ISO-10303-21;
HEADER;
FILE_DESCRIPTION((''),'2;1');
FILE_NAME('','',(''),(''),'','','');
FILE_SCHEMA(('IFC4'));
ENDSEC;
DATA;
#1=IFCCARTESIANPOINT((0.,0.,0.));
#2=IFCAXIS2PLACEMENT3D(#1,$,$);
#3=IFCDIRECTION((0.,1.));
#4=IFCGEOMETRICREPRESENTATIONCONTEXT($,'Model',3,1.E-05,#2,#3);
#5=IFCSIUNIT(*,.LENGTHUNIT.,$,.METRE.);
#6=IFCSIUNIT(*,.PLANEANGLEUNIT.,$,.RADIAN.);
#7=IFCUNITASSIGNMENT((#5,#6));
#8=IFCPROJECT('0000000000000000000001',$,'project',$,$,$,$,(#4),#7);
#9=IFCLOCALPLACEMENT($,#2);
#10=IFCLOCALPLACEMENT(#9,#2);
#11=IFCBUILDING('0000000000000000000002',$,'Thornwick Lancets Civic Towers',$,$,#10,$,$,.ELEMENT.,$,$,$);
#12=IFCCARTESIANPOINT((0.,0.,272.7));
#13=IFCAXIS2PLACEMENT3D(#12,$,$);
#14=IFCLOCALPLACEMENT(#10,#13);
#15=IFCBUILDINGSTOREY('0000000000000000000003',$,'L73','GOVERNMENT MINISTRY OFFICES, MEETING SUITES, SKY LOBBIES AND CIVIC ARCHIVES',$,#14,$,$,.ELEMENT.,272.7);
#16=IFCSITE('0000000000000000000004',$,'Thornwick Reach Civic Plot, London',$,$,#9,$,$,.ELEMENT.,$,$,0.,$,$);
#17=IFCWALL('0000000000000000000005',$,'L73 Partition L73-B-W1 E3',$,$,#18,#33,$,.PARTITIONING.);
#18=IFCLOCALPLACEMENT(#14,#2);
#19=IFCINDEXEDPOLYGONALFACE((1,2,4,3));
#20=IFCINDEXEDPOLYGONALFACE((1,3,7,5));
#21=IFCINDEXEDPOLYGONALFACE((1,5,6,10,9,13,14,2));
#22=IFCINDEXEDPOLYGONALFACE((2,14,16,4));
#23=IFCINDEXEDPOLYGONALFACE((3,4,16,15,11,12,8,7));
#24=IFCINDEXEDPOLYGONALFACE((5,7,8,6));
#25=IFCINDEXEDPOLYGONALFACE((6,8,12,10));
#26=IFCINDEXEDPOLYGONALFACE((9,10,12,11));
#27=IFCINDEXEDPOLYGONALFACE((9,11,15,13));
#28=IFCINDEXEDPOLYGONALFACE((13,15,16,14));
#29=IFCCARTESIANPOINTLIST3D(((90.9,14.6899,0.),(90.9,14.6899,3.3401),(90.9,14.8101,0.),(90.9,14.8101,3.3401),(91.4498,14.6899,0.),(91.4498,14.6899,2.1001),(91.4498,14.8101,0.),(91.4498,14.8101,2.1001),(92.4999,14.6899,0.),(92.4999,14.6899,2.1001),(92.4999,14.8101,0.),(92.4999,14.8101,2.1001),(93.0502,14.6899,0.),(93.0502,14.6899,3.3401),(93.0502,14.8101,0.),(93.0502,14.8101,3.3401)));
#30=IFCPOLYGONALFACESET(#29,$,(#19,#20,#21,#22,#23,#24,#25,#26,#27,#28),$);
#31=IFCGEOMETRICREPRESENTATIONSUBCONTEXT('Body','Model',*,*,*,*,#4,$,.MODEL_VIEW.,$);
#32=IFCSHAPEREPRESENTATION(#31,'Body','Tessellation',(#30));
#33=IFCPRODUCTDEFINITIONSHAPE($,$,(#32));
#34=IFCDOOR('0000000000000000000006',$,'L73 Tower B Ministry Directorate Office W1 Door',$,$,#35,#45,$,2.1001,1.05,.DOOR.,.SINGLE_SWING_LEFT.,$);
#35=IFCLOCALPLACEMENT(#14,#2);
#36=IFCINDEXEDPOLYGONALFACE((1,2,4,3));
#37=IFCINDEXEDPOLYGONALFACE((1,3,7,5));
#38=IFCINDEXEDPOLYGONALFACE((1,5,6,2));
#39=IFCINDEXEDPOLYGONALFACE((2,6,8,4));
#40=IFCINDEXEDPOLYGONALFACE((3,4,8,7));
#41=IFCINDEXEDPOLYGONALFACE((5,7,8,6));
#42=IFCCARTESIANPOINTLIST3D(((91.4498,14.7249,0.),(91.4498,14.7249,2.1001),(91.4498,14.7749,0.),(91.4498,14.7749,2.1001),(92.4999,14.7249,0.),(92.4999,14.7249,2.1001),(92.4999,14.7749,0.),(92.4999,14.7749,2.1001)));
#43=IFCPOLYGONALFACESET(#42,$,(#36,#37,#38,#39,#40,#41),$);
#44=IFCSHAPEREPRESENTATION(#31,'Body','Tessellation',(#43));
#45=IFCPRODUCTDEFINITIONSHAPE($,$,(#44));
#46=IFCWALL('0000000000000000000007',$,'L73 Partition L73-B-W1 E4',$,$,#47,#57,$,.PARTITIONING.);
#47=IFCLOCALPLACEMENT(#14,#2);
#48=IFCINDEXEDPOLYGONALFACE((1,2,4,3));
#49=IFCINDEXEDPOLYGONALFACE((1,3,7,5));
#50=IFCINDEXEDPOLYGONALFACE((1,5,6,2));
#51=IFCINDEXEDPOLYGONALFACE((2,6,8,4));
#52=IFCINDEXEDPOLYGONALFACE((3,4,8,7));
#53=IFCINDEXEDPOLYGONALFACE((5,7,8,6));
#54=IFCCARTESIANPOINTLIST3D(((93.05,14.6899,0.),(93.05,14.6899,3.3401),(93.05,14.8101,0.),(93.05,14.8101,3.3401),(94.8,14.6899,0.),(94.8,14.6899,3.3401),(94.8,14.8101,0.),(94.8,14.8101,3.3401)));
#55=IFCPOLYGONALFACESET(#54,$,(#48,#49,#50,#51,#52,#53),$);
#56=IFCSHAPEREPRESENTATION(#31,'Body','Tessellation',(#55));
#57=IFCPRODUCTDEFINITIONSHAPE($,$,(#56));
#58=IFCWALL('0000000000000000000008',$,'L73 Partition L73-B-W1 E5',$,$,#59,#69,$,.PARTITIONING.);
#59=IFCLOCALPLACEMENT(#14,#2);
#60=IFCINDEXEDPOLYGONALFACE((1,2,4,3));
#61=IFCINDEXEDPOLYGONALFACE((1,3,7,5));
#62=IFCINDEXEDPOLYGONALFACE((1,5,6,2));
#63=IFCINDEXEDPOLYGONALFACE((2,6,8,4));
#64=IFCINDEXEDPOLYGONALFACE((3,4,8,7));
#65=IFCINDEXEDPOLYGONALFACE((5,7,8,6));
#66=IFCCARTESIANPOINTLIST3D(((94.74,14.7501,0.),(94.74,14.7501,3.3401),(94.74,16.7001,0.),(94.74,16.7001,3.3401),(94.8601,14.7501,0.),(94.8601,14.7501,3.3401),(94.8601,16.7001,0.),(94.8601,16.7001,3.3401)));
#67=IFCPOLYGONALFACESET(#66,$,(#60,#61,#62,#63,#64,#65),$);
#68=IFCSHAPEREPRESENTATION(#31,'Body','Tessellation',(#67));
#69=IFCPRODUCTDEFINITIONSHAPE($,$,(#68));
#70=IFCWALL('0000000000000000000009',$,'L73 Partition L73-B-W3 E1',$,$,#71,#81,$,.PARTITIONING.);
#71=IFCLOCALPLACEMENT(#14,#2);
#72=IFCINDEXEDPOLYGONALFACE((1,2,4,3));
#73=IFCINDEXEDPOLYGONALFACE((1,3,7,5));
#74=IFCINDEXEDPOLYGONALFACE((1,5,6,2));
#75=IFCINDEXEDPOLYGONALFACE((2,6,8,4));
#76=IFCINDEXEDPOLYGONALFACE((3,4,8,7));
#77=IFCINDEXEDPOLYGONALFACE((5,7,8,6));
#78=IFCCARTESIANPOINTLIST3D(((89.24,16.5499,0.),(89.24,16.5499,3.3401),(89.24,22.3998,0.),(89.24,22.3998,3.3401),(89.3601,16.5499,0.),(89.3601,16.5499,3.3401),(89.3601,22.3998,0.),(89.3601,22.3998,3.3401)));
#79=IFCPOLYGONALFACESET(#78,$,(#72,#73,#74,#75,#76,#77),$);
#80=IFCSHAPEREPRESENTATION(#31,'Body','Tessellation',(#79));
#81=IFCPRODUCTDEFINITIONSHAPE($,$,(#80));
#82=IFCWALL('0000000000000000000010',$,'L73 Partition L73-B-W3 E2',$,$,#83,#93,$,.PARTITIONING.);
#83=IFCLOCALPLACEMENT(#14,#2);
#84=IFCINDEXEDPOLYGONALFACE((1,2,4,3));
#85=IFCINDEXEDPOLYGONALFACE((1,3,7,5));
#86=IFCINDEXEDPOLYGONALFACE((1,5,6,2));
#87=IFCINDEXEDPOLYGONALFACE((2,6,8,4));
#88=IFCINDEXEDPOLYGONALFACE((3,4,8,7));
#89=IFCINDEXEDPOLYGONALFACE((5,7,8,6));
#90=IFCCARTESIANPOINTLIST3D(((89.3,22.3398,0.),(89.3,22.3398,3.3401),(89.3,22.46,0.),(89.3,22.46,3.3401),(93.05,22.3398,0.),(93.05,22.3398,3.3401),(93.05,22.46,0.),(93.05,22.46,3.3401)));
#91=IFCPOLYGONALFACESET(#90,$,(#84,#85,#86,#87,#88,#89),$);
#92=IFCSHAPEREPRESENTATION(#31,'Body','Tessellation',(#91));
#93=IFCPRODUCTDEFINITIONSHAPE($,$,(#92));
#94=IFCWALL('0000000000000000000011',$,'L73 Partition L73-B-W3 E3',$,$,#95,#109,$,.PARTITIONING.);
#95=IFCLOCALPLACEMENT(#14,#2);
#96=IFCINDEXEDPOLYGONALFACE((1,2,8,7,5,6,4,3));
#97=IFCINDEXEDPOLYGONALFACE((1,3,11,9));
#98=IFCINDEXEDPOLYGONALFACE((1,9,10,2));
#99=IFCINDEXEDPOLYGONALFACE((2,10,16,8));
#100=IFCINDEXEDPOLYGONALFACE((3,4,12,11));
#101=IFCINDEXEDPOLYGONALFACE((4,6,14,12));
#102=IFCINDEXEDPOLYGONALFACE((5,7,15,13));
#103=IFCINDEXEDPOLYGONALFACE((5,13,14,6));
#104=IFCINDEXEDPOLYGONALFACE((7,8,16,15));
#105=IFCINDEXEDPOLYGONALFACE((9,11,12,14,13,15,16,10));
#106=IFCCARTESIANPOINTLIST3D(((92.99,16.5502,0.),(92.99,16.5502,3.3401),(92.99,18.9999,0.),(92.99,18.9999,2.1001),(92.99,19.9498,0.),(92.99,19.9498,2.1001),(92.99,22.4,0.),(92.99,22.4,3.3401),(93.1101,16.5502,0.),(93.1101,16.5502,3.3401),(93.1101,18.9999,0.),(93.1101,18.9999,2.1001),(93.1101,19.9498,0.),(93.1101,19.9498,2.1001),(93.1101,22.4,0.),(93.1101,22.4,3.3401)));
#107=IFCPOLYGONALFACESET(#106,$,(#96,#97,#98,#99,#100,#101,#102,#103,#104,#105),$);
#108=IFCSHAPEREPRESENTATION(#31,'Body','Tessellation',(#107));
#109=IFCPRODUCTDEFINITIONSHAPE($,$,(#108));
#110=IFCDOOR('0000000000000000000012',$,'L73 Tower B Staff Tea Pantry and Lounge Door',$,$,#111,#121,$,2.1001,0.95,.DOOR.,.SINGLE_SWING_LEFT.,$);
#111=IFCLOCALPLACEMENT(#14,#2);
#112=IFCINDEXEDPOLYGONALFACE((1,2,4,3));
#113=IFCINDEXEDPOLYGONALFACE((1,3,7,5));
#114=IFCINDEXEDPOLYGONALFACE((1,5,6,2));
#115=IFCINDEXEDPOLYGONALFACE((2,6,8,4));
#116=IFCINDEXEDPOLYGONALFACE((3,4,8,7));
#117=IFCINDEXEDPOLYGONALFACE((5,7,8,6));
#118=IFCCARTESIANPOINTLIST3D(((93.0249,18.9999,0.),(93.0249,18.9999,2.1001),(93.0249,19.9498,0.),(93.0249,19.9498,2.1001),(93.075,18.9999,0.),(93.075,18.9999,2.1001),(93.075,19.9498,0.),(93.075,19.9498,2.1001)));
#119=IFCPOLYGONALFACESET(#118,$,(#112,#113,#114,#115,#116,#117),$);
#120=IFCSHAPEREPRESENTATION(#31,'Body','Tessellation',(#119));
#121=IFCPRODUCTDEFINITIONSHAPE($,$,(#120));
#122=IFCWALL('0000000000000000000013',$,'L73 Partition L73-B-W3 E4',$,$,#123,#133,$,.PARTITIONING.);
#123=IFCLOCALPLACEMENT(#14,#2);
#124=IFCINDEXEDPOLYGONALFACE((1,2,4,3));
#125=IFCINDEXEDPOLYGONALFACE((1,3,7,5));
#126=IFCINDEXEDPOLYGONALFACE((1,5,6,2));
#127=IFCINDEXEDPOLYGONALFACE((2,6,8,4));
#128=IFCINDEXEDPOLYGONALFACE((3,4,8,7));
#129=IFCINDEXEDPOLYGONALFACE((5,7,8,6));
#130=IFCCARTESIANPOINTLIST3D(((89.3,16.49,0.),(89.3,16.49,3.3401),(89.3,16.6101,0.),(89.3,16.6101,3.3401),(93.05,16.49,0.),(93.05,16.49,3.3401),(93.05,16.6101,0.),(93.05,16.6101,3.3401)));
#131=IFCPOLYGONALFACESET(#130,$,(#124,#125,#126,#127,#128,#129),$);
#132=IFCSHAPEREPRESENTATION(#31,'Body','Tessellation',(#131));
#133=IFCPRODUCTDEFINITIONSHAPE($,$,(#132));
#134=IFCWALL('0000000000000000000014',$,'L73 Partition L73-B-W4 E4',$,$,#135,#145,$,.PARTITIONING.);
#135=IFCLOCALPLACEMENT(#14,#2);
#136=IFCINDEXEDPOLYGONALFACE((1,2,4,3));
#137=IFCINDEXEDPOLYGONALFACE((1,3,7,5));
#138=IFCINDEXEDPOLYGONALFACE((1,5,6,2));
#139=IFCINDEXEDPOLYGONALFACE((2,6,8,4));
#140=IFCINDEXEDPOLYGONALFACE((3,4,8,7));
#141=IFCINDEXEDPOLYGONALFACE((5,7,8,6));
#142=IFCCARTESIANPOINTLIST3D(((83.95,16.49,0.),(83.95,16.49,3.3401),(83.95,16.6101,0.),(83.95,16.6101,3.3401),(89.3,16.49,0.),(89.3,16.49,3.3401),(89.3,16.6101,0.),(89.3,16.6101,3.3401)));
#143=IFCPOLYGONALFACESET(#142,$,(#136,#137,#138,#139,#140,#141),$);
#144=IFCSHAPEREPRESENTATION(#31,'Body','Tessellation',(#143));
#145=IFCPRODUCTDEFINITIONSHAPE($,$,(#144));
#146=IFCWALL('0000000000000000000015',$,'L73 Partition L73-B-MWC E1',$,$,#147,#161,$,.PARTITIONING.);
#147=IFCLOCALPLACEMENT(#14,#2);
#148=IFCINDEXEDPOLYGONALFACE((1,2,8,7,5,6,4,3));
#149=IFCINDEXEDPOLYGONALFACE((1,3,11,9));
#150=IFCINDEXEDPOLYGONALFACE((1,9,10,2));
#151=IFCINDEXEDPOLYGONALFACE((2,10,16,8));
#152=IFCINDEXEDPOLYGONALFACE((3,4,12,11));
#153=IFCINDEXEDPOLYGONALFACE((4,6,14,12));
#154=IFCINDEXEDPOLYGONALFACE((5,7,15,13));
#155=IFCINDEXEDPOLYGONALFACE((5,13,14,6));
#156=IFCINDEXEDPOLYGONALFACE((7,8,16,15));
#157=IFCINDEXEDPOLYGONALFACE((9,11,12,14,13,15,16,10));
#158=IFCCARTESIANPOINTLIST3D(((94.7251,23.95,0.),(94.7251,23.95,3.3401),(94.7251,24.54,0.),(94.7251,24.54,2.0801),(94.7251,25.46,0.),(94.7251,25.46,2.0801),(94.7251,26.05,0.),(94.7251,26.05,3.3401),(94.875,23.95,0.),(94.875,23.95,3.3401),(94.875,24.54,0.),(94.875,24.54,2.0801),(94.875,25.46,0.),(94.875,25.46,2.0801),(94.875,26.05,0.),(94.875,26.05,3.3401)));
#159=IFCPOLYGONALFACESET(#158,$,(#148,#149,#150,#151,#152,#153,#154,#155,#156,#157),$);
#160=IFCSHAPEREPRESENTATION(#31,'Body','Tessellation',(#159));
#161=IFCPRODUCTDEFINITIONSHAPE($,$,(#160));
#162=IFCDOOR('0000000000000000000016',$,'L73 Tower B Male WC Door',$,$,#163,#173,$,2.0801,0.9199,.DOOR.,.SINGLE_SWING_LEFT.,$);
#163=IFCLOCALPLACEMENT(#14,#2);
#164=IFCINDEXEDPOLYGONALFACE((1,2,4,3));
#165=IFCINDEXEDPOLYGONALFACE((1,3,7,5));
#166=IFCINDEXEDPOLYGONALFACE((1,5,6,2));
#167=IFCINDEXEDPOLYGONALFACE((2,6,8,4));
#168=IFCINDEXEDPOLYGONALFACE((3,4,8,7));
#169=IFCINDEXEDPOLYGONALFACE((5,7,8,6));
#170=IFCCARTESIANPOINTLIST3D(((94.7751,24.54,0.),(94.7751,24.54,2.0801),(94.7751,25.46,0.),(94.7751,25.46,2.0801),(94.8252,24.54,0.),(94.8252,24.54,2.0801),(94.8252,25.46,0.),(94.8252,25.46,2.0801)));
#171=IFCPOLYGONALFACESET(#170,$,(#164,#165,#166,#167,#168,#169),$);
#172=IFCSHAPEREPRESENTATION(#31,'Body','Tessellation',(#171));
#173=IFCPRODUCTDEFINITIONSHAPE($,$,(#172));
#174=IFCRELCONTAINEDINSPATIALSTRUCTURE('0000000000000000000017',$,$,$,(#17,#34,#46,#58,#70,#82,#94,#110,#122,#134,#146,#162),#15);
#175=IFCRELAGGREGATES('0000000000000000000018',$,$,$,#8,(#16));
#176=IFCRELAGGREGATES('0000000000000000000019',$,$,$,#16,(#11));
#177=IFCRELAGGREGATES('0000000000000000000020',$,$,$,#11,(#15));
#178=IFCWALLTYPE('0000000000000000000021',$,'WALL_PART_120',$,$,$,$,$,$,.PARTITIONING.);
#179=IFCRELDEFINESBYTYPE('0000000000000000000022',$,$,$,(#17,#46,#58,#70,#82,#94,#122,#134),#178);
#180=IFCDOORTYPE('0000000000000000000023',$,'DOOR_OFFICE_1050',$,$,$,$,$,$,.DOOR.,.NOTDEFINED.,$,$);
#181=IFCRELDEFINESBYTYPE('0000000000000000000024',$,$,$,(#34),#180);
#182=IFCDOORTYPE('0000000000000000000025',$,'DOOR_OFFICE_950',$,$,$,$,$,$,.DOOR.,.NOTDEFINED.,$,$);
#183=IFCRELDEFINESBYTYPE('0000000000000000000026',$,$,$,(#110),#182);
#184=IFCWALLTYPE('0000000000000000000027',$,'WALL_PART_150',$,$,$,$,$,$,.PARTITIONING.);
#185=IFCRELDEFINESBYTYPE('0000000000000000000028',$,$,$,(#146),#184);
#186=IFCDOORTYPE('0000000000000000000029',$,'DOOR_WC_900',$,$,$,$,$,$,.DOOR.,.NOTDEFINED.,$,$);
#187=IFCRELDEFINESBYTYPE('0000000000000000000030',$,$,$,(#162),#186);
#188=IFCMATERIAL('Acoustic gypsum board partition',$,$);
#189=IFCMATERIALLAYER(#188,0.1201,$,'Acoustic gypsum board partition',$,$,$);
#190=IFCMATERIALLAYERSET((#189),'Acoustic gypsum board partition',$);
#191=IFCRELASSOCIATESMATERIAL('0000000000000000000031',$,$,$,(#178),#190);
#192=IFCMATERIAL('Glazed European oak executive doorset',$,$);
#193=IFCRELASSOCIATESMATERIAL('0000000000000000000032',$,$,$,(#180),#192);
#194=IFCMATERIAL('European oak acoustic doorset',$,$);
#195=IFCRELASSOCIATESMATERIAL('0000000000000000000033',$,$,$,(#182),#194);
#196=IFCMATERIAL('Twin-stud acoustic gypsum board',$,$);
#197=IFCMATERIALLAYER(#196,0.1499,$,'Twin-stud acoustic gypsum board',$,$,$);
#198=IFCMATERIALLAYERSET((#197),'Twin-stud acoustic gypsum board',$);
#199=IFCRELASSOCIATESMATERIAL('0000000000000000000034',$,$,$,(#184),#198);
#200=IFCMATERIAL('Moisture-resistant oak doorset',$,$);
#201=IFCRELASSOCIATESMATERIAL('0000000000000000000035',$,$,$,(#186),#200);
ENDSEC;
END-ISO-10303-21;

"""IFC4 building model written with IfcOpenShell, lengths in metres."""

from ifc_helpers import new_model, si_unit, direction, frame, frame_2d, origin, place, context, subcontext, project, spatial, rectangle, extrude, material, layer, layer_set, type_object, element, fill, save


model = new_model("IFC4")

# Units and contexts
model_context = context("Model", 3, precision=1e-05, world=origin(), true_north=direction((0.0, 1.0)))
body_context = subcontext(model_context, "Body", "Model", "MODEL_VIEW")
ifc_project = project(units=[si_unit("LENGTHUNIT", "METRE"), si_unit("PLANEANGLEUNIT", "RADIAN")], contexts=[model_context])

# Site, building, storey
site_placement = place(None, origin())
site = spatial("IfcSite", under=ifc_project, at=site_placement, Name="Thornwick Reach Civic Plot, London", CompositionType="ELEMENT", RefElevation=0.0)
building_placement = place(site_placement, origin())
building = spatial("IfcBuilding", under=site, at=building_placement, Name="Thornwick Lancets Civic Towers", CompositionType="ELEMENT")
storey_placement = place(building_placement, frame((0.0, 0.0, 272.7)))
storey = spatial("IfcBuildingStorey", under=building, at=storey_placement, Name="L73", Description="GOVERNMENT MINISTRY OFFICES, MEETING SUITES, SKY LOBBIES AND CIVIC ARCHIVES", CompositionType="ELEMENT", Elevation=272.7)

# Shared definitions
ifc_material_1 = material(Name="Acoustic gypsum board partition")
ifc_layer_1 = layer(ifc_material_1, 0.1201, Name="Acoustic gypsum board partition")
ifc_layer_set_1 = layer_set([ifc_layer_1], Name="Acoustic gypsum board partition")
wall_type_1 = type_object("IfcWallType", Name="WALL_PART_120", PredefinedType="PARTITIONING", material=ifc_layer_set_1)

# Wall, opening, door
wall_1_placement = place(storey_placement, frame((90.8999, 14.75, 0.0), z_axis=(0.0, 0.0, 1.0), x_axis=(1.0, 0.0, 0.0)))
wall_1 = element("IfcWall", 1, at=wall_1_placement, inside=storey, type_object=wall_type_1, Name="L73 Partition L73-B-W1 E3", PredefinedType="PARTITIONING", context=body_context, shape_type="SweptSolid", body=[
    extrude(rectangle(XDim=2.1501, YDim=0.1201, at=frame_2d((1.0752, 0.0))), origin(), (0.0, 0.0, 1.0), 3.3401),
])
opening_1_placement = place(wall_1_placement, frame((0.55, 0.0, 0.0)))
opening_1 = element("IfcOpeningElement", 2, at=opening_1_placement, cuts=wall_1, PredefinedType="OPENING", context=body_context, shape_type="SweptSolid", body=[
    extrude(rectangle(XDim=1.05, YDim=2.1001, at=frame_2d((0.5249, 1.05))), frame((0.0, 0.0701, 0.0), z_axis=(0.0, -1.0, 0.0), x_axis=(1.0, 0.0, 0.0)), (0.0, 0.0, 1.0), 0.1401),
])
ifc_material_2 = material(Name="Glazed European oak executive doorset")
door_type_1 = type_object("IfcDoorType", Name="DOOR_OFFICE_1050", OperationType="NOTDEFINED", PredefinedType="DOOR", material=ifc_material_2)
door_1_placement = place(opening_1_placement, origin())
door_1 = element("IfcDoor", 3, at=door_1_placement, inside=storey, type_object=door_type_1, Name="L73 Tower B Ministry Directorate Office W1 Door", OperationType="SINGLE_SWING_LEFT", OverallHeight=2.1001, OverallWidth=1.05, PredefinedType="DOOR", context=body_context, shape_type="SweptSolid", body=[
    extrude(rectangle(XDim=1.05, YDim=2.1001, at=frame_2d((0.5249, 1.05))), frame((0.0, 0.0249, 0.0), z_axis=(0.0, -1.0, 0.0), x_axis=(1.0, 0.0, 0.0)), (0.0, 0.0, 1.0), 0.05),
])
fill(opening_1, door_1)

# Walls
wall_2_placement = place(storey_placement, frame((93.05, 14.75, 0.0), z_axis=(0.0, 0.0, 1.0), x_axis=(1.0, 0.0, 0.0)))
element("IfcWall", 4, at=wall_2_placement, inside=storey, type_object=wall_type_1, Name="L73 Partition L73-B-W1 E4", PredefinedType="PARTITIONING", context=body_context, shape_type="SweptSolid", body=[
    extrude(rectangle(XDim=1.75, YDim=0.1201, at=frame_2d((0.875, 0.0))), origin(), (0.0, 0.0, 1.0), 3.3401),
])
wall_3_placement = place(storey_placement, frame((94.8, 14.75, 0.0), z_axis=(0.0, 0.0, 1.0), x_axis=(0.0, 1.0, 0.0)))
element("IfcWall", 5, at=wall_3_placement, inside=storey, type_object=wall_type_1, Name="L73 Partition L73-B-W1 E5", PredefinedType="PARTITIONING", context=body_context, shape_type="SweptSolid", body=[
    extrude(rectangle(XDim=1.95, YDim=0.1201, at=frame_2d((0.9751, 0.0))), origin(), (0.0, 0.0, 1.0), 3.3401),
])
wall_4_placement = place(storey_placement, frame((89.3, 16.55, 0.0), z_axis=(0.0, 0.0, 1.0), x_axis=(0.0, 1.0, 0.0)))
element("IfcWall", 6, at=wall_4_placement, inside=storey, type_object=wall_type_1, Name="L73 Partition L73-B-W3 E1", PredefinedType="PARTITIONING", context=body_context, shape_type="SweptSolid", body=[
    extrude(rectangle(XDim=5.8499, YDim=0.1201, at=frame_2d((2.9248, 0.0))), origin(), (0.0, 0.0, 1.0), 3.3401),
])
wall_5_placement = place(storey_placement, frame((89.3, 22.3999, 0.0), z_axis=(0.0, 0.0, 1.0), x_axis=(1.0, 0.0, 0.0)))
element("IfcWall", 7, at=wall_5_placement, inside=storey, type_object=wall_type_1, Name="L73 Partition L73-B-W3 E2", PredefinedType="PARTITIONING", context=body_context, shape_type="SweptSolid", body=[
    extrude(rectangle(XDim=3.75, YDim=0.1201, at=frame_2d((1.875, 0.0))), origin(), (0.0, 0.0, 1.0), 3.3401),
])

# Wall, opening, door
wall_6_placement = place(storey_placement, frame((93.05, 22.3999, 0.0), z_axis=(0.0, 0.0, 1.0), x_axis=(0.0, -1.0, 0.0)))
wall_6 = element("IfcWall", 8, at=wall_6_placement, inside=storey, type_object=wall_type_1, Name="L73 Partition L73-B-W3 E3", PredefinedType="PARTITIONING", context=body_context, shape_type="SweptSolid", body=[
    extrude(rectangle(XDim=5.8499, YDim=0.1201, at=frame_2d((2.9248, 0.0))), origin(), (0.0, 0.0, 1.0), 3.3401),
])
opening_2_placement = place(wall_6_placement, frame((2.45, 0.0, 0.0)))
opening_2 = element("IfcOpeningElement", 9, at=opening_2_placement, cuts=wall_6, PredefinedType="OPENING", context=body_context, shape_type="SweptSolid", body=[
    extrude(rectangle(XDim=0.95, YDim=2.1001, at=frame_2d((0.4751, 1.05))), frame((0.0, 0.0701, 0.0), z_axis=(0.0, -1.0, 0.0), x_axis=(1.0, 0.0, 0.0)), (0.0, 0.0, 1.0), 0.1401),
])
ifc_material_3 = material(Name="European oak acoustic doorset")
door_type_2 = type_object("IfcDoorType", Name="DOOR_OFFICE_950", OperationType="NOTDEFINED", PredefinedType="DOOR", material=ifc_material_3)
door_2_placement = place(opening_2_placement, origin())
door_2 = element("IfcDoor", 10, at=door_2_placement, inside=storey, type_object=door_type_2, Name="L73 Tower B Staff Tea Pantry and Lounge Door", OperationType="SINGLE_SWING_LEFT", OverallHeight=2.1001, OverallWidth=0.95, PredefinedType="DOOR", context=body_context, shape_type="SweptSolid", body=[
    extrude(rectangle(XDim=0.95, YDim=2.1001, at=frame_2d((0.4751, 1.05))), frame((0.0, 0.0249, 0.0), z_axis=(0.0, -1.0, 0.0), x_axis=(1.0, 0.0, 0.0)), (0.0, 0.0, 1.0), 0.05),
])
fill(opening_2, door_2)

# Walls
wall_7_placement = place(storey_placement, frame((93.05, 16.55, 0.0), z_axis=(0.0, 0.0, 1.0), x_axis=(-1.0, 0.0, 0.0)))
element("IfcWall", 11, at=wall_7_placement, inside=storey, type_object=wall_type_1, Name="L73 Partition L73-B-W3 E4", PredefinedType="PARTITIONING", context=body_context, shape_type="SweptSolid", body=[
    extrude(rectangle(XDim=3.75, YDim=0.1201, at=frame_2d((1.875, 0.0))), origin(), (0.0, 0.0, 1.0), 3.3401),
])
wall_8_placement = place(storey_placement, frame((89.3, 16.55, 0.0), z_axis=(0.0, 0.0, 1.0), x_axis=(-1.0, 0.0, 0.0)))
element("IfcWall", 12, at=wall_8_placement, inside=storey, type_object=wall_type_1, Name="L73 Partition L73-B-W4 E4", PredefinedType="PARTITIONING", context=body_context, shape_type="SweptSolid", body=[
    extrude(rectangle(XDim=5.3501, YDim=0.1201, at=frame_2d((2.675, 0.0))), origin(), (0.0, 0.0, 1.0), 3.3401),
])

# Wall, opening, door
ifc_material_4 = material(Name="Twin-stud acoustic gypsum board")
ifc_layer_2 = layer(ifc_material_4, 0.1499, Name="Twin-stud acoustic gypsum board")
ifc_layer_set_2 = layer_set([ifc_layer_2], Name="Twin-stud acoustic gypsum board")
wall_type_2 = type_object("IfcWallType", Name="WALL_PART_150", PredefinedType="PARTITIONING", material=ifc_layer_set_2)
wall_9_placement = place(storey_placement, frame((94.8, 23.95, 0.0), z_axis=(0.0, 0.0, 1.0), x_axis=(0.0, 1.0, 0.0)))
wall_9 = element("IfcWall", 13, at=wall_9_placement, inside=storey, type_object=wall_type_2, Name="L73 Partition L73-B-MWC E1", PredefinedType="PARTITIONING", context=body_context, shape_type="SweptSolid", body=[
    extrude(rectangle(XDim=2.1001, YDim=0.1499, at=frame_2d((1.05, 0.0))), origin(), (0.0, 0.0, 1.0), 3.3401),
])
opening_3_placement = place(wall_9_placement, frame((0.5901, 0.0, 0.0)))
opening_3 = element("IfcOpeningElement", 14, at=opening_3_placement, cuts=wall_9, PredefinedType="OPENING", context=body_context, shape_type="SweptSolid", body=[
    extrude(rectangle(XDim=0.9199, YDim=2.0801, at=frame_2d((0.46, 1.04))), frame((0.0, 0.085, 0.0), z_axis=(0.0, -1.0, 0.0), x_axis=(1.0, 0.0, 0.0)), (0.0, 0.0, 1.0), 0.1699),
])
ifc_material_5 = material(Name="Moisture-resistant oak doorset")
door_type_3 = type_object("IfcDoorType", Name="DOOR_WC_900", OperationType="NOTDEFINED", PredefinedType="DOOR", material=ifc_material_5)
door_3_placement = place(opening_3_placement, origin())
door_3 = element("IfcDoor", 15, at=door_3_placement, inside=storey, type_object=door_type_3, Name="L73 Tower B Male WC Door", OperationType="SINGLE_SWING_LEFT", OverallHeight=2.0801, OverallWidth=0.9199, PredefinedType="DOOR", context=body_context, shape_type="SweptSolid", body=[
    extrude(rectangle(XDim=0.9199, YDim=2.0801, at=frame_2d((0.46, 1.04))), frame((0.0, 0.0249, 0.0), z_axis=(0.0, -1.0, 0.0), x_axis=(1.0, 0.0, 0.0)), (0.0, 0.0, 1.0), 0.05),
])
fill(opening_3, door_3)

save(model, "model.ifc")
